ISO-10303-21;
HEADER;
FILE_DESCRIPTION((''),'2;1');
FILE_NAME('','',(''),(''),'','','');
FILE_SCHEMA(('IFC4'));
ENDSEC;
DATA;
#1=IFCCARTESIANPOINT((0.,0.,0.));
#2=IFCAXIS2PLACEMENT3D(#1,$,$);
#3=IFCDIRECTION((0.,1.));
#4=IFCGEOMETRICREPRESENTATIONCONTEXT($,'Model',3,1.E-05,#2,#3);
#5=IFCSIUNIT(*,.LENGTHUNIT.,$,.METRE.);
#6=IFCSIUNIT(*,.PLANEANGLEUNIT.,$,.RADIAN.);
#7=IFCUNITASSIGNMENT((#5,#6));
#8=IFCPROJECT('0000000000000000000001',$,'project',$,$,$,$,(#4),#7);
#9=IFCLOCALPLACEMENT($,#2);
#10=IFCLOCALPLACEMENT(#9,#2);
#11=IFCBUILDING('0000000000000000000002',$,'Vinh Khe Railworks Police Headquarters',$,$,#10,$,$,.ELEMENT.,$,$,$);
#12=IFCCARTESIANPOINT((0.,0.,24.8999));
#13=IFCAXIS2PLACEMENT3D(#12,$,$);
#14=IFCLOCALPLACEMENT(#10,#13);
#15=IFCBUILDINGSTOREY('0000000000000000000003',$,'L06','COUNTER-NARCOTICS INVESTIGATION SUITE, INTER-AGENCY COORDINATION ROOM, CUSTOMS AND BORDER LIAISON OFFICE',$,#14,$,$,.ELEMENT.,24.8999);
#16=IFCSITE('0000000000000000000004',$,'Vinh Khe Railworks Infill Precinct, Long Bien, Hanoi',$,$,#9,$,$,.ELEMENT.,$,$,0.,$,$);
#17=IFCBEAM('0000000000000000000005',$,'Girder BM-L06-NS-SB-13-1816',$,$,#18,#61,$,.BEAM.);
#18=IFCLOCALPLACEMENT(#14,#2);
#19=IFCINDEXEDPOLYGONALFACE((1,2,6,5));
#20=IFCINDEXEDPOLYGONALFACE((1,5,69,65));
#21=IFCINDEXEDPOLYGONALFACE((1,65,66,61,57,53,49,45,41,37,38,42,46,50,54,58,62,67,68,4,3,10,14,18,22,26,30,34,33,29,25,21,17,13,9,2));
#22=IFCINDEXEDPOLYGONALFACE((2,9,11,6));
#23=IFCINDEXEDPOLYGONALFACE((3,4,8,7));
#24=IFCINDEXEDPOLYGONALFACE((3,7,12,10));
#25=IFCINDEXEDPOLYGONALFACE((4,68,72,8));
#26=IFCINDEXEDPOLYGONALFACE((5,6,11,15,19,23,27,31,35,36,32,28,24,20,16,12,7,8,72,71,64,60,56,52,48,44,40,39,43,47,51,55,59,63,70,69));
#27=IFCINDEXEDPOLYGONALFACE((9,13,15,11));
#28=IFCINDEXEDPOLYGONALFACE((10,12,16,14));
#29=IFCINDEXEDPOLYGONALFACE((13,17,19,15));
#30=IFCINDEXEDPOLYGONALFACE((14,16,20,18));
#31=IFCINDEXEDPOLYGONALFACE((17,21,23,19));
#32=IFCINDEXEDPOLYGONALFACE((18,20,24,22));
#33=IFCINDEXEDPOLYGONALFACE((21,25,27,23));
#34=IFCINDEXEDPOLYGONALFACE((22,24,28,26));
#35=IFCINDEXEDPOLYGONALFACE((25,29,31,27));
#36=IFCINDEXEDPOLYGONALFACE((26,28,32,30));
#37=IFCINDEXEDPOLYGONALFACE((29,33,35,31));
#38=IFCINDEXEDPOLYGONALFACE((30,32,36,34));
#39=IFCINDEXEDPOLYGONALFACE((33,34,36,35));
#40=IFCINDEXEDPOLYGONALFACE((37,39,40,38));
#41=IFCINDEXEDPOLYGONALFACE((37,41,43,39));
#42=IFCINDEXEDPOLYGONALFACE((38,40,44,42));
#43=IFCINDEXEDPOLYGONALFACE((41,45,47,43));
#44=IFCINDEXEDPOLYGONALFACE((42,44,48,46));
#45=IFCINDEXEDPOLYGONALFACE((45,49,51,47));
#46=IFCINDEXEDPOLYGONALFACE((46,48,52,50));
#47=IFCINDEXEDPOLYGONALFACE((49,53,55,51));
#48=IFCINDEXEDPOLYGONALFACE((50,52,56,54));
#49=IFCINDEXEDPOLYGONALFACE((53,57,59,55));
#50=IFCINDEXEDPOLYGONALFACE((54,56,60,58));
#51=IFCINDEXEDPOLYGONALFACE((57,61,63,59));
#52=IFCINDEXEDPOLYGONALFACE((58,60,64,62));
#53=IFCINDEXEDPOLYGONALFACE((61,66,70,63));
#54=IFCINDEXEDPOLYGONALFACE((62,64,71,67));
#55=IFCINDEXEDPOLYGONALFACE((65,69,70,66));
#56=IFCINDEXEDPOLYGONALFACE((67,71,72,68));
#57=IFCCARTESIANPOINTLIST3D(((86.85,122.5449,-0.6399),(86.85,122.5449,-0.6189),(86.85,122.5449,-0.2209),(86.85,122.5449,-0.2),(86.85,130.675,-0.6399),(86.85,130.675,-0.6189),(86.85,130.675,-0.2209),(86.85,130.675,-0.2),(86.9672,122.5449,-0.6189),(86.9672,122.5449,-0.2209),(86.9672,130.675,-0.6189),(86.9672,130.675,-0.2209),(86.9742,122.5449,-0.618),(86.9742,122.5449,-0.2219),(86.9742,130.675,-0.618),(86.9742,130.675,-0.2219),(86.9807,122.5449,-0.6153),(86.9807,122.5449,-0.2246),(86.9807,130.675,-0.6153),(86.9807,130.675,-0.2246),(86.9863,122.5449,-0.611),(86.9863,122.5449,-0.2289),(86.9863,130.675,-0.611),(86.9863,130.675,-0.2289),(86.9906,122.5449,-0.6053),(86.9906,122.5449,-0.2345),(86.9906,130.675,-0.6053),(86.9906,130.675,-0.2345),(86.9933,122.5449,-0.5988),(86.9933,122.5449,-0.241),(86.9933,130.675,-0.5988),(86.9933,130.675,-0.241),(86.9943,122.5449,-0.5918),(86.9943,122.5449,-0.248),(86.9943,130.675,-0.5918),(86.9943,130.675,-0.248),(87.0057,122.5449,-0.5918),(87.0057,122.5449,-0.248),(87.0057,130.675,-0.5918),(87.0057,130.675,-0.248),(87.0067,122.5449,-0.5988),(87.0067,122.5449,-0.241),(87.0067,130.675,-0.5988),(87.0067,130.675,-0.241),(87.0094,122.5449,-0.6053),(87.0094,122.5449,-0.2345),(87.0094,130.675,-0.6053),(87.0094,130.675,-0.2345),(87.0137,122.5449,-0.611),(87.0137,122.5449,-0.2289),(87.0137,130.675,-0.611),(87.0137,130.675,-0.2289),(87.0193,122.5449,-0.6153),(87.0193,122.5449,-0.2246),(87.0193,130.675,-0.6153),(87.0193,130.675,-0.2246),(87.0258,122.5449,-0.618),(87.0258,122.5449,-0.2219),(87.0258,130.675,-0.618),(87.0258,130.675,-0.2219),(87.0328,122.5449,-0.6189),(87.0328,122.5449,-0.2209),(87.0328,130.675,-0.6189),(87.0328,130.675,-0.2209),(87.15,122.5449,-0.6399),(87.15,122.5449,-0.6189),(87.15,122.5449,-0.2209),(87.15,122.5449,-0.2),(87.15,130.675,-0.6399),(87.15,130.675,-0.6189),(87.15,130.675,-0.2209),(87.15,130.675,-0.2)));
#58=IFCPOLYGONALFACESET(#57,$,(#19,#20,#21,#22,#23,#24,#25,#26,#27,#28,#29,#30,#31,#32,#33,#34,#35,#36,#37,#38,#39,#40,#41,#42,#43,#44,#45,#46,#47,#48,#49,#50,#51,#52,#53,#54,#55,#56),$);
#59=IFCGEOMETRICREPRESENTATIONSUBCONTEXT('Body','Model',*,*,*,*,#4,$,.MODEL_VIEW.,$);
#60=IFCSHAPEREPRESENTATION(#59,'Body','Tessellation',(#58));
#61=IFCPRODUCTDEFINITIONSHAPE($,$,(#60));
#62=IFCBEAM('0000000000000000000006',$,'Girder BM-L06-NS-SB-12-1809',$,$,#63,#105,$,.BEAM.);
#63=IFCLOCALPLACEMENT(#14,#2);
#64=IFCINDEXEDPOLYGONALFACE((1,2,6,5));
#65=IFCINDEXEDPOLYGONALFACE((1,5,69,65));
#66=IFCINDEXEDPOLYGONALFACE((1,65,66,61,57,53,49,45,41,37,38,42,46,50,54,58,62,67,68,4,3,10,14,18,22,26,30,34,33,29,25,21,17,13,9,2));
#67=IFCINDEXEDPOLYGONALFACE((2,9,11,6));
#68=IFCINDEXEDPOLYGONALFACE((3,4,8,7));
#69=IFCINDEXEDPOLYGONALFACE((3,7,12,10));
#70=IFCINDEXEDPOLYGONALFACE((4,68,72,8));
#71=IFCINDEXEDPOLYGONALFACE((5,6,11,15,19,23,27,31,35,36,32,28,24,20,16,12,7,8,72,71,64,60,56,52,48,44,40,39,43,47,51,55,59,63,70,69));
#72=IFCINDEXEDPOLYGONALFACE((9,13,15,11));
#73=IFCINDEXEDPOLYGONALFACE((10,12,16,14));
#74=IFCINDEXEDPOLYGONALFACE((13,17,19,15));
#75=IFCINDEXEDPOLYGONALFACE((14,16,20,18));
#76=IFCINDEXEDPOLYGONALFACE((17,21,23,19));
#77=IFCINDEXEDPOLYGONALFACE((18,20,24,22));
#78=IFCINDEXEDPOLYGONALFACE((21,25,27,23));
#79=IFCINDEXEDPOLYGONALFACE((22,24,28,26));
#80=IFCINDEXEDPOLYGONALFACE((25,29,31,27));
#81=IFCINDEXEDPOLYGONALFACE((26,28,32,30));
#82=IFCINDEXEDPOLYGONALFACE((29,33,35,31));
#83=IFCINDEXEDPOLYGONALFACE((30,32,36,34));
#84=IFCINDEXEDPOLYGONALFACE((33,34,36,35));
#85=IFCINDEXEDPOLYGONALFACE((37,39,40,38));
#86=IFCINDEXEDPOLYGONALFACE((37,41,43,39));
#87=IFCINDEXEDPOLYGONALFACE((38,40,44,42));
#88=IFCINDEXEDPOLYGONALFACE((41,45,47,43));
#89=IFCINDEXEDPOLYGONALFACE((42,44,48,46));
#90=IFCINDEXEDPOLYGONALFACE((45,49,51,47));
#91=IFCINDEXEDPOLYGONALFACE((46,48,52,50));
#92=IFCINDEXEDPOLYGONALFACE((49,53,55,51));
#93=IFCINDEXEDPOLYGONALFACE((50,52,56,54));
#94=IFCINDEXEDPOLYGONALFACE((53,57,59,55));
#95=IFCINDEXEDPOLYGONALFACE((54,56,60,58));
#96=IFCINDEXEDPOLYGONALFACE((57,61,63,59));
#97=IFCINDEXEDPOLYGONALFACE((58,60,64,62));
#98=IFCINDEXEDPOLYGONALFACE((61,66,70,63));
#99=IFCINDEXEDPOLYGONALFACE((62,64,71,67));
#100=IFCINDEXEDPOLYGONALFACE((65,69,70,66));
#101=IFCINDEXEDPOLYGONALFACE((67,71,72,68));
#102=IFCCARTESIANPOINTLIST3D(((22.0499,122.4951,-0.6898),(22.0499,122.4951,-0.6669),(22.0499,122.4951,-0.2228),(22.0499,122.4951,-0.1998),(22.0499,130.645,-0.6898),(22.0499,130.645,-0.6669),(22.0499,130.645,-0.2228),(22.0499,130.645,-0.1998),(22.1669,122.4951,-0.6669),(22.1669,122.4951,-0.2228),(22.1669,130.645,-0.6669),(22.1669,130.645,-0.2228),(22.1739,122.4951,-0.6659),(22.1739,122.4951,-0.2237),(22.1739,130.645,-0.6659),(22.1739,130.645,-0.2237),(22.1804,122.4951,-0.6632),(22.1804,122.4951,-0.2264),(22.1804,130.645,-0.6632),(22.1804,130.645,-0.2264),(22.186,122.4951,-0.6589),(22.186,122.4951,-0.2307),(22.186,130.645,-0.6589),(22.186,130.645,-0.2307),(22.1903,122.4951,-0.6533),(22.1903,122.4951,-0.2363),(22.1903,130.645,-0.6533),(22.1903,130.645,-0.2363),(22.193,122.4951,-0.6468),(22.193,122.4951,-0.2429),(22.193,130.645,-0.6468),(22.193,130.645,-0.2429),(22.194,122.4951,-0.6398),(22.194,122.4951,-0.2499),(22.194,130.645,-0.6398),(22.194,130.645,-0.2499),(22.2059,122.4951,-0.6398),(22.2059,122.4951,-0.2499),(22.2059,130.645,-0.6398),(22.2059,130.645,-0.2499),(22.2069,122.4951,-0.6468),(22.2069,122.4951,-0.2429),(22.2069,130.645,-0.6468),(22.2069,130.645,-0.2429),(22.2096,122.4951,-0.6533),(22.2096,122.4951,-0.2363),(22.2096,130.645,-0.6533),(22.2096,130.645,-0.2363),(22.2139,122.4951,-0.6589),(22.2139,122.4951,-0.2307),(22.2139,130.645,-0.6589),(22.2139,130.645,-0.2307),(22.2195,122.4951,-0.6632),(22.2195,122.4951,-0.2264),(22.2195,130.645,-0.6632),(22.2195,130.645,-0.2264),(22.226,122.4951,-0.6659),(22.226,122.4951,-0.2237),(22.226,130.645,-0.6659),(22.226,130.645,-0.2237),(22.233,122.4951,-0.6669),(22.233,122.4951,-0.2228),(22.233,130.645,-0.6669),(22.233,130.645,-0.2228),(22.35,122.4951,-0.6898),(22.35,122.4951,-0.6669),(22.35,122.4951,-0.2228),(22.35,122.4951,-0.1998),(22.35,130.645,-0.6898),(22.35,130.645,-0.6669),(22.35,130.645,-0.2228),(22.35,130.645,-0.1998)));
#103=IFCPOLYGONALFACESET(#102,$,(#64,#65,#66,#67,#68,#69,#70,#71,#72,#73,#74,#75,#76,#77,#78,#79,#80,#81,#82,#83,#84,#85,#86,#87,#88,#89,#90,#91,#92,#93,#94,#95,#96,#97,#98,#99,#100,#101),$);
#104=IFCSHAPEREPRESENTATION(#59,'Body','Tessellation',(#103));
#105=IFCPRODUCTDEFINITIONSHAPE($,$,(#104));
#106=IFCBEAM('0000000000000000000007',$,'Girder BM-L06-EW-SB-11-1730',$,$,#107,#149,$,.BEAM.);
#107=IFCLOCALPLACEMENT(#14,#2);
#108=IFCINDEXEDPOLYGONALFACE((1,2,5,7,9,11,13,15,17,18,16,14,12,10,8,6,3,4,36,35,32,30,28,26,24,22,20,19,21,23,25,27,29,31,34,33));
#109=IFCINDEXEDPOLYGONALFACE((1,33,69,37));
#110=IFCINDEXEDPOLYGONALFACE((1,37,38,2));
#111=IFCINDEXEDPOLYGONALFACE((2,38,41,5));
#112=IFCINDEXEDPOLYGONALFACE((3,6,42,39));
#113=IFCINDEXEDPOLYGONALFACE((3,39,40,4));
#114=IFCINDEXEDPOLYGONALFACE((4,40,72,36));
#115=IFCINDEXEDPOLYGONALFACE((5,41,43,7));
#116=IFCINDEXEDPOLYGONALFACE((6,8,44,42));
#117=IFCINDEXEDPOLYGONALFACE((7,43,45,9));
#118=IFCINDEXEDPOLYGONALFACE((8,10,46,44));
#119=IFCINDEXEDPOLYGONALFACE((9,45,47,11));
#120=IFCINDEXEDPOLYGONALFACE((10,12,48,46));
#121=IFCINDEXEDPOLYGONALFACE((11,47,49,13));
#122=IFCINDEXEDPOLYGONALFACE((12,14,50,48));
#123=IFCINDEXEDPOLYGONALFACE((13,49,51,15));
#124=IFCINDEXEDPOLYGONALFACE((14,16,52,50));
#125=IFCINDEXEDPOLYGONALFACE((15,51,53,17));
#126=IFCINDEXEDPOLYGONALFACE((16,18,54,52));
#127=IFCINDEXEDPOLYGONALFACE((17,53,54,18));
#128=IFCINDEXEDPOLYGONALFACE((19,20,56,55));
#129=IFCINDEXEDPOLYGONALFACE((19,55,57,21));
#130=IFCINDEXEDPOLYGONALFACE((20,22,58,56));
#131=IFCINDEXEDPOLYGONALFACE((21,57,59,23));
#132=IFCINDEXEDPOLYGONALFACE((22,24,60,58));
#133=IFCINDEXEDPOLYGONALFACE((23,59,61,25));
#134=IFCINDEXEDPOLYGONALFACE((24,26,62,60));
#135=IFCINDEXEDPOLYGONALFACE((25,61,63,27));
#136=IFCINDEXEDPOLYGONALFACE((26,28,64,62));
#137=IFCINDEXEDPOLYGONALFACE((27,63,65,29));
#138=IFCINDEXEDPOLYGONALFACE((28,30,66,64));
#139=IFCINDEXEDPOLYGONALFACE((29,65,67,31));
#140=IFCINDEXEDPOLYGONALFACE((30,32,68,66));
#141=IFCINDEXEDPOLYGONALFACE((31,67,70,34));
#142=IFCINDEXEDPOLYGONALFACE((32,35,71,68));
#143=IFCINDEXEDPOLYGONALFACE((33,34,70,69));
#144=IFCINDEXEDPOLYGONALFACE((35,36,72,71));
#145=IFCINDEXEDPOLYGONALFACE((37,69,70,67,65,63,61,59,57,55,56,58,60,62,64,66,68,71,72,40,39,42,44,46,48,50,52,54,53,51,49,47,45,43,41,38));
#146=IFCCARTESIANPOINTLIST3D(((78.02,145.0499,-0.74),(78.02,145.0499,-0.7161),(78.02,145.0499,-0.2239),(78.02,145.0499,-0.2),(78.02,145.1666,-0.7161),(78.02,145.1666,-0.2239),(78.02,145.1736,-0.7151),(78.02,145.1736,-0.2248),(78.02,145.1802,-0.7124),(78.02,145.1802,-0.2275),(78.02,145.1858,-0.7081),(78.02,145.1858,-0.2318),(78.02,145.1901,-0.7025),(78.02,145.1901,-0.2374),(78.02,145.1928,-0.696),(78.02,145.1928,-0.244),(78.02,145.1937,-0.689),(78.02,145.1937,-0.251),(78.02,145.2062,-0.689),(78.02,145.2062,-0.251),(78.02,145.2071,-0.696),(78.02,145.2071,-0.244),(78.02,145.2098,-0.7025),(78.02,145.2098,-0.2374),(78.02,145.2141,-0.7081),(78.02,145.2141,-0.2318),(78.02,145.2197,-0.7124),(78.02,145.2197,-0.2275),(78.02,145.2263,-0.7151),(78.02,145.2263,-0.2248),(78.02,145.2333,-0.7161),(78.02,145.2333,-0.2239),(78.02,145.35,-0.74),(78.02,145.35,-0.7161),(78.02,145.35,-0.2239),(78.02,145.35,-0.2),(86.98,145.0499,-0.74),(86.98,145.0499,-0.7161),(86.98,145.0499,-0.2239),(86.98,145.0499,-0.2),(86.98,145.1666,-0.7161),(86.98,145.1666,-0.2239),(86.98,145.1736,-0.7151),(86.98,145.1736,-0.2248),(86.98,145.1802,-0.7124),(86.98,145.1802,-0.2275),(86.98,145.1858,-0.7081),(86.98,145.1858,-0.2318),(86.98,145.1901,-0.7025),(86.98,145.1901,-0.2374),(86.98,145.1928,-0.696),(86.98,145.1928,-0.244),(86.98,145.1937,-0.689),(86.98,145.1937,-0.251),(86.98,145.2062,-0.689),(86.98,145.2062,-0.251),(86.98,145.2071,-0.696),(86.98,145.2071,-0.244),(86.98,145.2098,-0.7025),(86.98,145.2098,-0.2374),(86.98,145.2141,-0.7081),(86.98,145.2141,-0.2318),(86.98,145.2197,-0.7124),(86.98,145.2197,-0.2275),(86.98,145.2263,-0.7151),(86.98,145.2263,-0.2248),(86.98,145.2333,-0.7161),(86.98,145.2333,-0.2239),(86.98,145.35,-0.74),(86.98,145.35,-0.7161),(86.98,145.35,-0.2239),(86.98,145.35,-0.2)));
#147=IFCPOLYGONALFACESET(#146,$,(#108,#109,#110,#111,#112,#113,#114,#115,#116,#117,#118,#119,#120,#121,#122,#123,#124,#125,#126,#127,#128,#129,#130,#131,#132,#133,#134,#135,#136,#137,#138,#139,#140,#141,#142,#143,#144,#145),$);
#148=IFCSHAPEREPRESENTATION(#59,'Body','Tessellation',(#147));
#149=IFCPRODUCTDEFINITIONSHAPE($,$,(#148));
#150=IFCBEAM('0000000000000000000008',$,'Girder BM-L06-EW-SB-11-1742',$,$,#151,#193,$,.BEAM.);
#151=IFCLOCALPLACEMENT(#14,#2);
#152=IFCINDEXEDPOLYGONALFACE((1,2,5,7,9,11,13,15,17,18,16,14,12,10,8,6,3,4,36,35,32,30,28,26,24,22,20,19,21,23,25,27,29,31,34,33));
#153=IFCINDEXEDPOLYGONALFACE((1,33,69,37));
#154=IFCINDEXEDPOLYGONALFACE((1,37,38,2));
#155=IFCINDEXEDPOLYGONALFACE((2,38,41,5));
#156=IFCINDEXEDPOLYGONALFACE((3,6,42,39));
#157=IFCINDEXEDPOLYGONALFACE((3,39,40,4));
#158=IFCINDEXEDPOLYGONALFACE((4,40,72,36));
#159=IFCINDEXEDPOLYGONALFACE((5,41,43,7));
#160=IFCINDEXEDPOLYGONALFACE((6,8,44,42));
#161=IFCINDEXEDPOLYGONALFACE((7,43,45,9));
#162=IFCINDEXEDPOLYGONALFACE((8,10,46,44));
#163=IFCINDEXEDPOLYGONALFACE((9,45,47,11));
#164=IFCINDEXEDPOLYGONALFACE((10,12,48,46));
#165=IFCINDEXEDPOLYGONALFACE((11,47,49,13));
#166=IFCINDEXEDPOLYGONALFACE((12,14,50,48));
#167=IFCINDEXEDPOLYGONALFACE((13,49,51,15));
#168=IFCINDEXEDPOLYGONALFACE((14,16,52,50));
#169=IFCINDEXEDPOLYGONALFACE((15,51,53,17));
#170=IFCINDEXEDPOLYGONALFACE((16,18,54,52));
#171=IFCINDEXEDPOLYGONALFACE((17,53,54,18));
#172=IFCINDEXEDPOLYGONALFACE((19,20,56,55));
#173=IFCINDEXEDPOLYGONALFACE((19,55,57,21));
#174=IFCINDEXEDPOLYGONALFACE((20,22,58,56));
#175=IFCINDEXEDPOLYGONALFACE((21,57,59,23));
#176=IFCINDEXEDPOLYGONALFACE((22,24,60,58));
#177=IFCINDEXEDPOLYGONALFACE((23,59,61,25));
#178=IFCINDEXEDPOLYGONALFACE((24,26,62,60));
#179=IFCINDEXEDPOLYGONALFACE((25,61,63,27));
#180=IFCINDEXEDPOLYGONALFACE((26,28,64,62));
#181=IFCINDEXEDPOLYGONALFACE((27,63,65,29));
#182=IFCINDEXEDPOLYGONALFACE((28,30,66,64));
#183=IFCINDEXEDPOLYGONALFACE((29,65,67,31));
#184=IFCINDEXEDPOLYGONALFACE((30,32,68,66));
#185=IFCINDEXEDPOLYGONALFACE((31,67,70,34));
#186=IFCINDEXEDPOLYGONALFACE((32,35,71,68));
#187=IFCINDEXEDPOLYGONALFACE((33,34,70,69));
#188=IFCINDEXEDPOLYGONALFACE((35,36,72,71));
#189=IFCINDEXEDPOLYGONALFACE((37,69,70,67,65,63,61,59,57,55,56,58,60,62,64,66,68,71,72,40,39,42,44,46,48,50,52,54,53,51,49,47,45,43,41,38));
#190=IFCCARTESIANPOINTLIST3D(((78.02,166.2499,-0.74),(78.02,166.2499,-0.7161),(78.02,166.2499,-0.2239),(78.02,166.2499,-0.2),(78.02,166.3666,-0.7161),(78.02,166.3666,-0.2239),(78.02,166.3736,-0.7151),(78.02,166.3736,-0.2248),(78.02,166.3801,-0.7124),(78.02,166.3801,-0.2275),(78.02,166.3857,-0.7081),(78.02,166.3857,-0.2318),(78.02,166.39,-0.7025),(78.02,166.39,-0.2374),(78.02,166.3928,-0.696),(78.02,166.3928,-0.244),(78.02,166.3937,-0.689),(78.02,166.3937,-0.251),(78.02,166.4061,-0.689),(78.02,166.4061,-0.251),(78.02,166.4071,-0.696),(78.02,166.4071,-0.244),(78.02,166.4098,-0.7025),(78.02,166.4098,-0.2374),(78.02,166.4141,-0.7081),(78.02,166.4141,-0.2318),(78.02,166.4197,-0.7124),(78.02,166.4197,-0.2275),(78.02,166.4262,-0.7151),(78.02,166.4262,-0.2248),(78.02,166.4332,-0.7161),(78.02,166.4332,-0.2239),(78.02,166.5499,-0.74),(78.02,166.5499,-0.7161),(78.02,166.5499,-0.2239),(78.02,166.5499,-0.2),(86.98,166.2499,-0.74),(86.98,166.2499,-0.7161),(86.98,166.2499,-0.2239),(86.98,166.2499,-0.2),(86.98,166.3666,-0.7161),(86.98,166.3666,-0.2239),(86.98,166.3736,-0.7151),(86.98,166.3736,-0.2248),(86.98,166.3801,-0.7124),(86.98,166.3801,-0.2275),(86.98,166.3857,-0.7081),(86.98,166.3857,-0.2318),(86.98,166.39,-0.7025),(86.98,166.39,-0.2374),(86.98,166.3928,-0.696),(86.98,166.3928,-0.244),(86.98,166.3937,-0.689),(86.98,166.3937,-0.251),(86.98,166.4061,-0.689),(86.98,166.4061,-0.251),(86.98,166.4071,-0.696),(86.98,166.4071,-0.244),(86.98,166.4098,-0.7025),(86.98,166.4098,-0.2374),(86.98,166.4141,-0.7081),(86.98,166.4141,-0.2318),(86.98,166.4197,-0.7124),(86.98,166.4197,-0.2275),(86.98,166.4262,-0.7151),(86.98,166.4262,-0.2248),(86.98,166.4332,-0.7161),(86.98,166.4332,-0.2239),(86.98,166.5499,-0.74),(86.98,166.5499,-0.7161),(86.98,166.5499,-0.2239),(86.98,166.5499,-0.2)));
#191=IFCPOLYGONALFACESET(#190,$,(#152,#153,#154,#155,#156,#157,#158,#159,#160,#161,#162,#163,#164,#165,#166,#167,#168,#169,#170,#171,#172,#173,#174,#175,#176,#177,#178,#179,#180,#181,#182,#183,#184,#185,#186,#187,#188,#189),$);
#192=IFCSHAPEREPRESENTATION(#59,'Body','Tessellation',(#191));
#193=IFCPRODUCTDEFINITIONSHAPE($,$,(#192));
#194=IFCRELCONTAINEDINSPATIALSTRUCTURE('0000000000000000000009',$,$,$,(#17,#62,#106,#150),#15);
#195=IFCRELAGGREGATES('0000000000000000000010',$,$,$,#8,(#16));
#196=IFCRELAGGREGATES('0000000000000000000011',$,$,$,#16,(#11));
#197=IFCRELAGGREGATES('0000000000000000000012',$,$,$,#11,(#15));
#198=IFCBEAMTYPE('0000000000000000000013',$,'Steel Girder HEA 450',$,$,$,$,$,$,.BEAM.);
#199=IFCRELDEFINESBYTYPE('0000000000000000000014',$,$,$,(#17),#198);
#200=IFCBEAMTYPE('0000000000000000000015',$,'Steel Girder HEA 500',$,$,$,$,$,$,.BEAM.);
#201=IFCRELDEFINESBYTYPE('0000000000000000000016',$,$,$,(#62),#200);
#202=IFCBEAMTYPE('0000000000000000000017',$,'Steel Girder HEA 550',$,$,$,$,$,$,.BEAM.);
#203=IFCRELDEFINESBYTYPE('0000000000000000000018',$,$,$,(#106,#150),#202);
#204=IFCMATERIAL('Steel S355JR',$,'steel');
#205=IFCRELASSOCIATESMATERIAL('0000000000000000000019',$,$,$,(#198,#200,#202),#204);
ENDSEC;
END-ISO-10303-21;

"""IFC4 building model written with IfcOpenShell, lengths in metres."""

from ifc_helpers import new_model, si_unit, direction, frame, origin, origin_2d, place, context, subcontext, project, spatial, i_section, extrude, material, material_profile, profile_set, type_object, element, save


model = new_model("IFC4")

# Units and contexts
model_context = context("Model", 3, precision=1e-05, world=origin(), true_north=direction((0.0, 1.0)))
body_context = subcontext(model_context, "Body", "Model", "MODEL_VIEW")
ifc_project = project(units=[si_unit("LENGTHUNIT", "METRE"), si_unit("PLANEANGLEUNIT", "RADIAN")], contexts=[model_context])

# Site, building, storey
site_placement = place(None, origin())
site = spatial("IfcSite", under=ifc_project, at=site_placement, Name="Vinh Khe Railworks Infill Precinct, Long Bien, Hanoi", CompositionType="ELEMENT", RefElevation=0.0)
building_placement = place(site_placement, origin())
building = spatial("IfcBuilding", under=site, at=building_placement, Name="Vinh Khe Railworks Police Headquarters", CompositionType="ELEMENT")
storey_placement = place(building_placement, frame((0.0, 0.0, 24.8999)))
storey = spatial("IfcBuildingStorey", under=building, at=storey_placement, Name="L06", Description="COUNTER-NARCOTICS INVESTIGATION SUITE, INTER-AGENCY COORDINATION ROOM, CUSTOMS AND BORDER LIAISON OFFICE", CompositionType="ELEMENT", Elevation=24.8999)

# Beams
ifc_material_1 = material(Name="Steel S355JR", Category="steel")
ifc_material_profile_1 = material_profile(ifc_material_1, i_section(OverallWidth=0.3, OverallDepth=0.4399, WebThickness=0.0115, FlangeThickness=0.021, FilletRadius=0.0271, at=origin_2d()), Name="HEA 450")
ifc_profile_set_1 = profile_set([ifc_material_profile_1], Name="Steel S355JR")
beam_type_1 = type_object("IfcBeamType", Name="Steel Girder HEA 450", PredefinedType="BEAM", material=ifc_profile_set_1)
for number, where, z_axis, x_axis, name in (
    (1, (87.0, 122.5449, -0.4199), (0.0, 1.0, 0.0), (-1.0, 0.0, 0.0), "Girder BM-L06-NS-SB-13-1816"),
):
    element("IfcBeam", number, at=place(storey_placement, frame(where, z_axis=z_axis, x_axis=x_axis)), inside=storey, type_object=beam_type_1, Name=name, PredefinedType="BEAM", context=body_context, shape_type="SweptSolid", body=[
        extrude(i_section(OverallWidth=0.3, OverallDepth=0.4399, WebThickness=0.0115, FlangeThickness=0.021, FilletRadius=0.0271, at=origin_2d()), origin(), (0.0, 0.0, 1.0), 8.1301),
    ])
ifc_material_profile_2 = material_profile(ifc_material_1, i_section(OverallWidth=0.3, OverallDepth=0.49, WebThickness=0.012, FlangeThickness=0.0229, FilletRadius=0.0271, at=origin_2d()), Name="HEA 500")
ifc_profile_set_2 = profile_set([ifc_material_profile_2], Name="Steel S355JR")
beam_type_2 = type_object("IfcBeamType", Name="Steel Girder HEA 500", PredefinedType="BEAM", material=ifc_profile_set_2)
beam_1_placement = place(storey_placement, frame((22.2, 122.4951, -0.4448), z_axis=(0.0, 1.0, 0.0), x_axis=(-1.0, 0.0, 0.0)))
element("IfcBeam", 2, at=beam_1_placement, inside=storey, type_object=beam_type_2, Name="Girder BM-L06-NS-SB-12-1809", PredefinedType="BEAM", context=body_context, shape_type="SweptSolid", body=[
    extrude(i_section(OverallWidth=0.3, OverallDepth=0.49, WebThickness=0.012, FlangeThickness=0.0229, FilletRadius=0.0271, at=origin_2d()), origin(), (0.0, 0.0, 1.0), 8.1499),
])
ifc_material_profile_3 = material_profile(ifc_material_1, i_section(OverallWidth=0.3, OverallDepth=0.54, WebThickness=0.0125, FlangeThickness=0.0239, FilletRadius=0.0271, at=origin_2d()), Name="HEA 550")
ifc_profile_set_3 = profile_set([ifc_material_profile_3], Name="Steel S355JR")
beam_type_3 = type_object("IfcBeamType", Name="Steel Girder HEA 550", PredefinedType="BEAM", material=ifc_profile_set_3)
for number, where, z_axis, x_axis, name in (
    (3, (78.02, 145.2, -0.47), (1.0, 0.0, 0.0), (0.0, 1.0, 0.0), "Girder BM-L06-EW-SB-11-1730"),
    (4, (78.02, 166.3999, -0.47), (1.0, 0.0, 0.0), (0.0, 1.0, 0.0), "Girder BM-L06-EW-SB-11-1742"),
):
    element("IfcBeam", number, at=place(storey_placement, frame(where, z_axis=z_axis, x_axis=x_axis)), inside=storey, type_object=beam_type_3, Name=name, PredefinedType="BEAM", context=body_context, shape_type="SweptSolid", body=[
        extrude(i_section(OverallWidth=0.3, OverallDepth=0.54, WebThickness=0.0125, FlangeThickness=0.0239, FilletRadius=0.0271, at=origin_2d()), origin(), (0.0, 0.0, 1.0), 8.96),
    ])

save(model, "model.ifc")
